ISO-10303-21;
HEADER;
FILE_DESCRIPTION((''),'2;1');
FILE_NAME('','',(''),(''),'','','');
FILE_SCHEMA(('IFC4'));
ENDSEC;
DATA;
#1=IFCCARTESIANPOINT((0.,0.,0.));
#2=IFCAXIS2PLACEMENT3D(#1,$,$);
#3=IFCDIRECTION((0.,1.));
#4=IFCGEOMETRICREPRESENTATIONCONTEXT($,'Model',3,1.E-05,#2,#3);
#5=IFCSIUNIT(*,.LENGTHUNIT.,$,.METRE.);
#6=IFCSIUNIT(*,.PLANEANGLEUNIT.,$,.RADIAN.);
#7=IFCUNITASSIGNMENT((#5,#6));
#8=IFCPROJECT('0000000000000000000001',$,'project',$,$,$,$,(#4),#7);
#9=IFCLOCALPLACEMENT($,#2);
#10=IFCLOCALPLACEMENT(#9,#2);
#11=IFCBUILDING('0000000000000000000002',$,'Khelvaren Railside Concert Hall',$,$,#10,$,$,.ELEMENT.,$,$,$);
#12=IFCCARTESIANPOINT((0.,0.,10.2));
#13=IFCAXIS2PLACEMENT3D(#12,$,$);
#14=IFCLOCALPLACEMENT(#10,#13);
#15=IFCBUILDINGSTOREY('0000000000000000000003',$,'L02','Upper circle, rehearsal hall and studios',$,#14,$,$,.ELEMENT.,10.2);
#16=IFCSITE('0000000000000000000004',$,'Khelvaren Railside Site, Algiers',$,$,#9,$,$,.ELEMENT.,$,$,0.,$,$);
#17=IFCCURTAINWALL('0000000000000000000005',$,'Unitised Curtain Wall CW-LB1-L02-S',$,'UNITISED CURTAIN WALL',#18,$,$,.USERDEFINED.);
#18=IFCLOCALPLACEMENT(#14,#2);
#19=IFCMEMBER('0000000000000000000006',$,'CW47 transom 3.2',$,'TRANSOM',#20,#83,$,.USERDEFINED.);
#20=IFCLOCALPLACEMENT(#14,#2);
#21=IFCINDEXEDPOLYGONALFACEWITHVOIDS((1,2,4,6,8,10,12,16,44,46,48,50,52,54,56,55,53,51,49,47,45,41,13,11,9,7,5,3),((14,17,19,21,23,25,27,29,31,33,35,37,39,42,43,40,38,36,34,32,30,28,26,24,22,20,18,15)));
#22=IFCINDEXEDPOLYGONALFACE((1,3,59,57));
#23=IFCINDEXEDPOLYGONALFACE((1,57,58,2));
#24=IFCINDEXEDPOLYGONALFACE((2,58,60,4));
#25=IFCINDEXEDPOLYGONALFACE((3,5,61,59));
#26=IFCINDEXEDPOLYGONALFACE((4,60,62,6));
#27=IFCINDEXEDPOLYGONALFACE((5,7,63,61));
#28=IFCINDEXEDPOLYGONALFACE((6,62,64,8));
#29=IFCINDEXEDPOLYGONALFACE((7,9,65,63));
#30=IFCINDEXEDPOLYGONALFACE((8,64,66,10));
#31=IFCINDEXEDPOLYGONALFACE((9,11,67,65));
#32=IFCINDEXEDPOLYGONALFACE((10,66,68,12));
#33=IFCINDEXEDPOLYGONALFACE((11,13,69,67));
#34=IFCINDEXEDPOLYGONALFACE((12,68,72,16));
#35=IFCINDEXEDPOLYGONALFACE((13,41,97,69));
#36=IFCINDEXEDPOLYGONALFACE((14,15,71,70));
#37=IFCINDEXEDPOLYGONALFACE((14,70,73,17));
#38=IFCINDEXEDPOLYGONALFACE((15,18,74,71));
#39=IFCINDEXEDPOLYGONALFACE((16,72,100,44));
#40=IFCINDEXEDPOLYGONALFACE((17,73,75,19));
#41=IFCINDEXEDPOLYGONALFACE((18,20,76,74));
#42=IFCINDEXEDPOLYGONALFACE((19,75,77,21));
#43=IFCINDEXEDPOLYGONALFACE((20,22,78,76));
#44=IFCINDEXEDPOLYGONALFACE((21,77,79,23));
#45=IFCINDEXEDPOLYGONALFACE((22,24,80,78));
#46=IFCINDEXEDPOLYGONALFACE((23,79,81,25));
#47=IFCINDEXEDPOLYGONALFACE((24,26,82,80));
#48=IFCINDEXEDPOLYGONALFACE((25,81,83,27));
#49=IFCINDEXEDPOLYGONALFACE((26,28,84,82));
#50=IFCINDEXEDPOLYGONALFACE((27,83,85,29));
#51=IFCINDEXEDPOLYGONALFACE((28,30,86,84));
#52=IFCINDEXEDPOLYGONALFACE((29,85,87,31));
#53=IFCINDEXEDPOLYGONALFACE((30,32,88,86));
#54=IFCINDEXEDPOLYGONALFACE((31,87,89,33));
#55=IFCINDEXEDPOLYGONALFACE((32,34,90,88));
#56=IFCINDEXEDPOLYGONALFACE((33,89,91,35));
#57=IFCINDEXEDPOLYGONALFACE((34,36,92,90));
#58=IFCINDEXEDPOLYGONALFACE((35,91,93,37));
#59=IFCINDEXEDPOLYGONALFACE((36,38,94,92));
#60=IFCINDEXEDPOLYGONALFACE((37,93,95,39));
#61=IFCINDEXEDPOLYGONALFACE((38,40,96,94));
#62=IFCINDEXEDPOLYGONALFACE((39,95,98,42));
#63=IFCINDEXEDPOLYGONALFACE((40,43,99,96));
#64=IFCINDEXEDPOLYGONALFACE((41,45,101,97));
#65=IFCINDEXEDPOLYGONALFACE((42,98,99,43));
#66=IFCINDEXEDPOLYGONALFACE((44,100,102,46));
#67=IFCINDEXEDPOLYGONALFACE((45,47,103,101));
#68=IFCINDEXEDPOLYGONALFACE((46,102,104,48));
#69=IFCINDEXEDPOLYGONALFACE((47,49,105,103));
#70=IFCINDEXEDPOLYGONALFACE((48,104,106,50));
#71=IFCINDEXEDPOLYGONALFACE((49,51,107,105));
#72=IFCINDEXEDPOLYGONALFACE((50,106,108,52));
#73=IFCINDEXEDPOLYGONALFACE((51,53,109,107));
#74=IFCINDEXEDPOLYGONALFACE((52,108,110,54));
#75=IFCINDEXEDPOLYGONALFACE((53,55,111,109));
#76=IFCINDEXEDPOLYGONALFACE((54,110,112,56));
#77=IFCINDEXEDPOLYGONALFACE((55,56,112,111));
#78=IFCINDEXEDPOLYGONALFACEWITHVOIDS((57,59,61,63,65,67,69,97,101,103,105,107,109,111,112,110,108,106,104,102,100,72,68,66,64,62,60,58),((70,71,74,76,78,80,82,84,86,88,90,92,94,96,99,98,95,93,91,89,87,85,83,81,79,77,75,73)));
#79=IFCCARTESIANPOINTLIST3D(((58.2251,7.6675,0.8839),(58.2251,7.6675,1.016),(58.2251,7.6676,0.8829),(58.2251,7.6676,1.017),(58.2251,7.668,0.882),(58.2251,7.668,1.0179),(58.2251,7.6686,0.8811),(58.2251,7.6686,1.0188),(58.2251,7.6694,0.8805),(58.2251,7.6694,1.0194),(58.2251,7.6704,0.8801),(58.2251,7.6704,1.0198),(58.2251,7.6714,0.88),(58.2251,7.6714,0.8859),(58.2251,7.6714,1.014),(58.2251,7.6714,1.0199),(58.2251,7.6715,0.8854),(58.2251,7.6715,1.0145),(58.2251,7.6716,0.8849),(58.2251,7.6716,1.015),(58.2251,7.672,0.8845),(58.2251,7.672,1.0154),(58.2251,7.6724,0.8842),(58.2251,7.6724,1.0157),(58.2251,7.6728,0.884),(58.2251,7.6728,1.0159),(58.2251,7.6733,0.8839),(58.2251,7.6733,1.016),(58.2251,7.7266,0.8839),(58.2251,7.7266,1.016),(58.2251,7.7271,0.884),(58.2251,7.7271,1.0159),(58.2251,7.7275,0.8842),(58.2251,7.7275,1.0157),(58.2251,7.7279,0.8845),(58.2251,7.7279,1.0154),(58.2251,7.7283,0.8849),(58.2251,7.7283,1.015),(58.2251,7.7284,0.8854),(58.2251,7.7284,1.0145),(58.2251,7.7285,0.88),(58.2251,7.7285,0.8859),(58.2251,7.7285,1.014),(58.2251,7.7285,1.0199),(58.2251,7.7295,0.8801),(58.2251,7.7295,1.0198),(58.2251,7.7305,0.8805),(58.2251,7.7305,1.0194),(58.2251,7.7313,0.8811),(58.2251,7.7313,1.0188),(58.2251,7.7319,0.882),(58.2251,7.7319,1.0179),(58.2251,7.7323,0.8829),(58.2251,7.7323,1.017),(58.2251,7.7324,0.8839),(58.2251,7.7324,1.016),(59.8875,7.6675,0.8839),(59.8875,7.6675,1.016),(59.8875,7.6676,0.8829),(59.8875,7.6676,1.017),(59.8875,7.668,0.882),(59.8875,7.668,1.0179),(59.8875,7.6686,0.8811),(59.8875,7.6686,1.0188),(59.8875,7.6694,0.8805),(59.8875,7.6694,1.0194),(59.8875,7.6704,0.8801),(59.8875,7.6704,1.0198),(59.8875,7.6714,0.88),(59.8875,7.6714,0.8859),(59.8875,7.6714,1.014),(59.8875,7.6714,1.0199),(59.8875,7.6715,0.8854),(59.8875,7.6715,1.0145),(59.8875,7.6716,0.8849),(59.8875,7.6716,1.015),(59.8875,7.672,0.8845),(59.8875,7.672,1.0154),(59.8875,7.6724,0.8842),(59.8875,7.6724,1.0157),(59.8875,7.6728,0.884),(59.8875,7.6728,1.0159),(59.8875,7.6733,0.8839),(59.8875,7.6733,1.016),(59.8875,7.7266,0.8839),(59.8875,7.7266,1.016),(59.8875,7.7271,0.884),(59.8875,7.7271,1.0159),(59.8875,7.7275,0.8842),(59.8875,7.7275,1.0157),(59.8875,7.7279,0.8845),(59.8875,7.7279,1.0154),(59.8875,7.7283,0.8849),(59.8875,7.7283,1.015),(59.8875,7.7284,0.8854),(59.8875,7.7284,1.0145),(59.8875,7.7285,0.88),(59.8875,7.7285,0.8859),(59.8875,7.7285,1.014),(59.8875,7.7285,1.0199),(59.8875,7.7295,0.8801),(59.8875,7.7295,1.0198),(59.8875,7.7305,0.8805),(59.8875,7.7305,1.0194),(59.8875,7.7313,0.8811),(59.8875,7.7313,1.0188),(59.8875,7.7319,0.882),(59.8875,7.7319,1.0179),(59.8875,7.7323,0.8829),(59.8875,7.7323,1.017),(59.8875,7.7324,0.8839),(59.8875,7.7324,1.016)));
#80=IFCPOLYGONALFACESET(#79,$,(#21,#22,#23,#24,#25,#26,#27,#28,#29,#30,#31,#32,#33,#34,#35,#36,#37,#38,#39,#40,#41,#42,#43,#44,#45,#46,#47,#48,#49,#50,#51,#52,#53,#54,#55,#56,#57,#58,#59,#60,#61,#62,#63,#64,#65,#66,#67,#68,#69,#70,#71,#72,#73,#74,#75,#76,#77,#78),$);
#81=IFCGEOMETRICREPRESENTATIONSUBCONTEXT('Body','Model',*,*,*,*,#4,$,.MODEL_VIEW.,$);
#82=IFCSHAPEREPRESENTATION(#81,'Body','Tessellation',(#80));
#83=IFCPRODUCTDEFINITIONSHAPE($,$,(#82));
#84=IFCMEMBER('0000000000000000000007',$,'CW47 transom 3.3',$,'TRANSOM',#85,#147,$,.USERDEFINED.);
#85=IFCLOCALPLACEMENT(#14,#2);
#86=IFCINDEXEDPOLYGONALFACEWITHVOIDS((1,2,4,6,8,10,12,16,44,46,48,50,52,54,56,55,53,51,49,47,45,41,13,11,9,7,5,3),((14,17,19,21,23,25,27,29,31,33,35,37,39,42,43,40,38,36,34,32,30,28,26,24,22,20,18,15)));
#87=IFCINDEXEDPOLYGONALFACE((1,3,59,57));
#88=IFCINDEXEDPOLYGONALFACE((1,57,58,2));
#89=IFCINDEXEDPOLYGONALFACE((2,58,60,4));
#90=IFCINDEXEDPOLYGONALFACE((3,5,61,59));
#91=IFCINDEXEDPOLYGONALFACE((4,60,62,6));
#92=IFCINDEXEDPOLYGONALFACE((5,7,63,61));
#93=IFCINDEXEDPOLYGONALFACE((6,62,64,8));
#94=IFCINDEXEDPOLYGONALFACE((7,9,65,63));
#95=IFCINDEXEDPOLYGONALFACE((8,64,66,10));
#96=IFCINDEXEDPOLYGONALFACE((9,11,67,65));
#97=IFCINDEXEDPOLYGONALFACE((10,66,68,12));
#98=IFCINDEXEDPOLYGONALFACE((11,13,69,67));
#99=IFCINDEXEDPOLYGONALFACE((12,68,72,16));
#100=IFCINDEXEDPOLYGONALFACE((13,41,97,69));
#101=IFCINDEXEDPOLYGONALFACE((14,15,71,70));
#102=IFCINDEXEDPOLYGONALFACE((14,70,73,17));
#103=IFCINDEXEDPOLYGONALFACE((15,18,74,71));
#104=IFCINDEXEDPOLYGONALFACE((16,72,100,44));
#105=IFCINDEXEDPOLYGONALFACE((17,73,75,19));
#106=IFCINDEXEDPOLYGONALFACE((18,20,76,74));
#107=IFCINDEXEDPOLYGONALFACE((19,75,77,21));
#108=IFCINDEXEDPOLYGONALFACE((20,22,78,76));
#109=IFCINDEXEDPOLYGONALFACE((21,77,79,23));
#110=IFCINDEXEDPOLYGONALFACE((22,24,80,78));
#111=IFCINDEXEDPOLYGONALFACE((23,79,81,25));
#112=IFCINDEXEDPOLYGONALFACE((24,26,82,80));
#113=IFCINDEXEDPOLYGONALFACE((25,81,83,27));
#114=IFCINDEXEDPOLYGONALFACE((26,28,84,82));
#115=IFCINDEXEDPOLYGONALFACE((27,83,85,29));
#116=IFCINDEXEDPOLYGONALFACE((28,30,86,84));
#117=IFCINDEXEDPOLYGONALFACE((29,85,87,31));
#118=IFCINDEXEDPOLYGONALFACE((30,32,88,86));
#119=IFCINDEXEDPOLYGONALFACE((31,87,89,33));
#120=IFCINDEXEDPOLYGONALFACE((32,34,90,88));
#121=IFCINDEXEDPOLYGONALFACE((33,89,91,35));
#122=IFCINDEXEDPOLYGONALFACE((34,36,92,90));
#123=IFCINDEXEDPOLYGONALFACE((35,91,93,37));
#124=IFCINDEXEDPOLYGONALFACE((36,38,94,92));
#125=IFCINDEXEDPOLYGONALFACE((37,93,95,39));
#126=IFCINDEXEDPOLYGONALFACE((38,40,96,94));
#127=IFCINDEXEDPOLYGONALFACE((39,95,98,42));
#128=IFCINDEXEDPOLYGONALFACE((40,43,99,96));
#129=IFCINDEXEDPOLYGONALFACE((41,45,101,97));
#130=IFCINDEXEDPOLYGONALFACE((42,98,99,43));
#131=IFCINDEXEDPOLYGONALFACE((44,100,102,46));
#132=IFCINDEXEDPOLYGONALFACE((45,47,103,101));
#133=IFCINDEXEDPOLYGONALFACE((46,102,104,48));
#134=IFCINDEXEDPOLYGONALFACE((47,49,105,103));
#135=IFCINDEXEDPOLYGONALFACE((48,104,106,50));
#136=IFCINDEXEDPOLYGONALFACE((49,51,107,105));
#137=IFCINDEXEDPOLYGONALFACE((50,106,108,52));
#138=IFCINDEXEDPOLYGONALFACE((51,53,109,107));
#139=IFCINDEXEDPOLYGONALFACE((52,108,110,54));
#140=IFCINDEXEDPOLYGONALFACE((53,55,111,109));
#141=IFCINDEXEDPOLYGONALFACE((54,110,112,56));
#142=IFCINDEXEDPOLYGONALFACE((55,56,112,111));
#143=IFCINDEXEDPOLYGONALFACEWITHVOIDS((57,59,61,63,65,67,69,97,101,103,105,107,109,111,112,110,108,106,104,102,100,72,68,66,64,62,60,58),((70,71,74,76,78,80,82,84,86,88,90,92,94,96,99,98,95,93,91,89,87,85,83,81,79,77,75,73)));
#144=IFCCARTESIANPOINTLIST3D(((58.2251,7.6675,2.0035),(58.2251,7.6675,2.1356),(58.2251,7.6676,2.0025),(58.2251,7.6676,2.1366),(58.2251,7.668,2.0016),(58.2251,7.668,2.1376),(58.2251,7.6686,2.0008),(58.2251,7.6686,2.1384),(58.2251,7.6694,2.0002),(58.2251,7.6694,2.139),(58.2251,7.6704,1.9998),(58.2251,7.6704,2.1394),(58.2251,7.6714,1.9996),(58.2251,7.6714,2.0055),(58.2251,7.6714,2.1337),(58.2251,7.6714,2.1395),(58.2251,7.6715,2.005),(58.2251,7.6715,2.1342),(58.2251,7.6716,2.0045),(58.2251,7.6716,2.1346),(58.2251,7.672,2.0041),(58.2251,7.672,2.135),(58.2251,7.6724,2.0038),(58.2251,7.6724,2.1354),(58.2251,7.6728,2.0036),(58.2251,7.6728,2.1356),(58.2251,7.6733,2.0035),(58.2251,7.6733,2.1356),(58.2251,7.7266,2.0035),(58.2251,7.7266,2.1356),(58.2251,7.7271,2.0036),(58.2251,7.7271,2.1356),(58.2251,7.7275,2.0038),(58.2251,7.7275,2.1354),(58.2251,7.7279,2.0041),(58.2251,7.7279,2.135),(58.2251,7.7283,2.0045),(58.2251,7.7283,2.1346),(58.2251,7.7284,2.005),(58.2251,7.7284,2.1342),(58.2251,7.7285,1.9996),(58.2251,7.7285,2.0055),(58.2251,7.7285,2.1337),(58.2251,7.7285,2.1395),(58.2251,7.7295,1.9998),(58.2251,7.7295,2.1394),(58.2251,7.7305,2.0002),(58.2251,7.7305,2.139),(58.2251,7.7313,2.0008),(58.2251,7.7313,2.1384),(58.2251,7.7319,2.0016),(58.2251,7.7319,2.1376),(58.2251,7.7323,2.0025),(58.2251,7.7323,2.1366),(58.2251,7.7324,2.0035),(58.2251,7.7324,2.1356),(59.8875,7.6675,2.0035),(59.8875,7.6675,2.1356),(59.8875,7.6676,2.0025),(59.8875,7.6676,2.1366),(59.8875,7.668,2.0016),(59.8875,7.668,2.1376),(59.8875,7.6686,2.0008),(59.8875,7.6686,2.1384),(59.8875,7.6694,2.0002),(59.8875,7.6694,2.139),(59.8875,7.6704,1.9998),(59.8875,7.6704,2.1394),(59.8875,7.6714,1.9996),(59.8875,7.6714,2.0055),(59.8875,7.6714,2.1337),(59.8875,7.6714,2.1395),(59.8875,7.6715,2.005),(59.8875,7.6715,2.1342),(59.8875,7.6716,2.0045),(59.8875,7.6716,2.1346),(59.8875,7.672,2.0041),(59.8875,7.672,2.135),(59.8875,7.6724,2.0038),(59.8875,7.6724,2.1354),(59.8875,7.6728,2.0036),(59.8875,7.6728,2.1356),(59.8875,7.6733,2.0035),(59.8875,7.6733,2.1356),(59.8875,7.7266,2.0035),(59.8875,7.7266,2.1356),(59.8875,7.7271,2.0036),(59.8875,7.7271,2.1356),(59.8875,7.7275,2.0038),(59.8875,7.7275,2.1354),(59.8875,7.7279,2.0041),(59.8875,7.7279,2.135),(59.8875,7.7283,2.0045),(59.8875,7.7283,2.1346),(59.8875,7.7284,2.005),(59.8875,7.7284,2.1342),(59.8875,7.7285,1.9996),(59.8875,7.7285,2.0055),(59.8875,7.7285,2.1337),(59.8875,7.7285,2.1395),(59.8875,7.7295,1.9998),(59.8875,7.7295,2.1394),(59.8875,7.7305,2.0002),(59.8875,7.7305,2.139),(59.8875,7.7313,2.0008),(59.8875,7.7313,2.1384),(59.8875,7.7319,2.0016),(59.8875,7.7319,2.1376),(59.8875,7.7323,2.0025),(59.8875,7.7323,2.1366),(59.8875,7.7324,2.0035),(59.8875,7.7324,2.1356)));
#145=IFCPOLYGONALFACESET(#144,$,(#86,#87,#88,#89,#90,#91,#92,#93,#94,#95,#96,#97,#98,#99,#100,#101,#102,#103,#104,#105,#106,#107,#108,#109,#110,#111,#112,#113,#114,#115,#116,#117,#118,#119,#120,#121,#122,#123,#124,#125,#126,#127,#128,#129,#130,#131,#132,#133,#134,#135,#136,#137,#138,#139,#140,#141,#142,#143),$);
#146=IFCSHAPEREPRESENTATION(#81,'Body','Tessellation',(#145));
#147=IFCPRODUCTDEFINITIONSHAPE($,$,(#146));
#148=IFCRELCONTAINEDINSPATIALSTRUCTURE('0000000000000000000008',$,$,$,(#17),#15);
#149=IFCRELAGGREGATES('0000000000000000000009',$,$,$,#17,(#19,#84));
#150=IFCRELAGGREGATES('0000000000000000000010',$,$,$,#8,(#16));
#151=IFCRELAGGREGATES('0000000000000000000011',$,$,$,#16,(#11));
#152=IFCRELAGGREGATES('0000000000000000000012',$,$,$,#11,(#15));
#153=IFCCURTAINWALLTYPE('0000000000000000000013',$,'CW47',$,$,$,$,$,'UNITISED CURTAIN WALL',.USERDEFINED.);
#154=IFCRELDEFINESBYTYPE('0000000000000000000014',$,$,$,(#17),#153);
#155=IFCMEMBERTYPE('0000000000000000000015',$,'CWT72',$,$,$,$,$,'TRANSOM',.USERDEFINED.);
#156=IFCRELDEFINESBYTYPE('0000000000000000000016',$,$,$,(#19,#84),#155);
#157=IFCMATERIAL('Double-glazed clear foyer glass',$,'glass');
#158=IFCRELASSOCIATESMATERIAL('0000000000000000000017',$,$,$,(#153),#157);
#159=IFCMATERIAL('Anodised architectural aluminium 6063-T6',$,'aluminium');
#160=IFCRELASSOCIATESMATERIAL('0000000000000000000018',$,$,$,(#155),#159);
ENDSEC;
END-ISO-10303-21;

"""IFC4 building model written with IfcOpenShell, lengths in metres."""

from ifc_helpers import new_model, si_unit, direction, frame, origin, origin_2d, place, context, subcontext, project, spatial, hollow_rectangle, extrude, material, material_profile, profile_set, type_object, element, aggregate, save


model = new_model("IFC4")

# Units and contexts
model_context = context("Model", 3, precision=1e-05, world=origin(), true_north=direction((0.0, 1.0)))
body_context = subcontext(model_context, "Body", "Model", "MODEL_VIEW")
ifc_project = project(units=[si_unit("LENGTHUNIT", "METRE"), si_unit("PLANEANGLEUNIT", "RADIAN")], contexts=[model_context])

# Site, building, storey
site_placement = place(None, origin())
site = spatial("IfcSite", under=ifc_project, at=site_placement, Name="Khelvaren Railside Site, Algiers", CompositionType="ELEMENT", RefElevation=0.0)
building_placement = place(site_placement, origin())
building = spatial("IfcBuilding", under=site, at=building_placement, Name="Khelvaren Railside Concert Hall", CompositionType="ELEMENT")
storey_placement = place(building_placement, frame((0.0, 0.0, 10.2)))
storey = spatial("IfcBuildingStorey", under=building, at=storey_placement, Name="L02", Description="Upper circle, rehearsal hall and studios", CompositionType="ELEMENT", Elevation=10.2)

# Curtain wall, members
ifc_material_1 = material(Name="Double-glazed clear foyer glass", Category="glass")
curtain_wall_type = type_object("IfcCurtainWallType", Name="CW47", ElementType="UNITISED CURTAIN WALL", PredefinedType="USERDEFINED", material=ifc_material_1)
curtain_wall_placement = place(storey_placement, origin())
curtain_wall = element("IfcCurtainWall", 1, at=curtain_wall_placement, inside=storey, type_object=curtain_wall_type, Name="Unitised Curtain Wall CW-LB1-L02-S", ObjectType="UNITISED CURTAIN WALL", PredefinedType="USERDEFINED")
ifc_material_2 = material(Name="Anodised architectural aluminium 6063-T6", Category="aluminium")
ifc_material_profile_1 = material_profile(ifc_material_2, hollow_rectangle(XDim=0.0649, YDim=0.1399, WallThickness=0.0039, InnerFilletRadius=0.002, OuterFilletRadius=0.0039, at=origin_2d()), Name="CWT 65x140x4")
ifc_profile_set_1 = profile_set([ifc_material_profile_1], Name="Anodised architectural aluminium 6063-T6")
member_type_1 = type_object("IfcMemberType", Name="CWT72", ElementType="TRANSOM", PredefinedType="USERDEFINED", material=ifc_profile_set_1)
member_1_placement = place(storey_placement, frame((59.8875, 7.7, 0.95), z_axis=(-1.0, 0.0, 0.0), x_axis=(0.0, -1.0, 0.0)))
member_1 = element("IfcMember", 2, at=member_1_placement, type_object=member_type_1, Name="CW47 transom 3.2", ObjectType="TRANSOM", PredefinedType="USERDEFINED", context=body_context, shape_type="SweptSolid", body=[
    extrude(hollow_rectangle(XDim=0.0649, YDim=0.1399, WallThickness=0.0039, InnerFilletRadius=0.002, OuterFilletRadius=0.0039, at=origin_2d()), origin(), (0.0, 0.0, 1.0), 1.6624),
])
member_2_placement = place(storey_placement, frame((59.8875, 7.7, 2.0696), z_axis=(-1.0, 0.0, 0.0), x_axis=(0.0, -1.0, 0.0)))
member_2 = element("IfcMember", 3, at=member_2_placement, type_object=member_type_1, Name="CW47 transom 3.3", ObjectType="TRANSOM", PredefinedType="USERDEFINED", context=body_context, shape_type="SweptSolid", body=[
    extrude(hollow_rectangle(XDim=0.0649, YDim=0.1399, WallThickness=0.0039, InnerFilletRadius=0.002, OuterFilletRadius=0.0039, at=origin_2d()), origin(), (0.0, 0.0, 1.0), 1.6624),
])

aggregate(curtain_wall, [member_1, member_2])

save(model, "model.ifc")
